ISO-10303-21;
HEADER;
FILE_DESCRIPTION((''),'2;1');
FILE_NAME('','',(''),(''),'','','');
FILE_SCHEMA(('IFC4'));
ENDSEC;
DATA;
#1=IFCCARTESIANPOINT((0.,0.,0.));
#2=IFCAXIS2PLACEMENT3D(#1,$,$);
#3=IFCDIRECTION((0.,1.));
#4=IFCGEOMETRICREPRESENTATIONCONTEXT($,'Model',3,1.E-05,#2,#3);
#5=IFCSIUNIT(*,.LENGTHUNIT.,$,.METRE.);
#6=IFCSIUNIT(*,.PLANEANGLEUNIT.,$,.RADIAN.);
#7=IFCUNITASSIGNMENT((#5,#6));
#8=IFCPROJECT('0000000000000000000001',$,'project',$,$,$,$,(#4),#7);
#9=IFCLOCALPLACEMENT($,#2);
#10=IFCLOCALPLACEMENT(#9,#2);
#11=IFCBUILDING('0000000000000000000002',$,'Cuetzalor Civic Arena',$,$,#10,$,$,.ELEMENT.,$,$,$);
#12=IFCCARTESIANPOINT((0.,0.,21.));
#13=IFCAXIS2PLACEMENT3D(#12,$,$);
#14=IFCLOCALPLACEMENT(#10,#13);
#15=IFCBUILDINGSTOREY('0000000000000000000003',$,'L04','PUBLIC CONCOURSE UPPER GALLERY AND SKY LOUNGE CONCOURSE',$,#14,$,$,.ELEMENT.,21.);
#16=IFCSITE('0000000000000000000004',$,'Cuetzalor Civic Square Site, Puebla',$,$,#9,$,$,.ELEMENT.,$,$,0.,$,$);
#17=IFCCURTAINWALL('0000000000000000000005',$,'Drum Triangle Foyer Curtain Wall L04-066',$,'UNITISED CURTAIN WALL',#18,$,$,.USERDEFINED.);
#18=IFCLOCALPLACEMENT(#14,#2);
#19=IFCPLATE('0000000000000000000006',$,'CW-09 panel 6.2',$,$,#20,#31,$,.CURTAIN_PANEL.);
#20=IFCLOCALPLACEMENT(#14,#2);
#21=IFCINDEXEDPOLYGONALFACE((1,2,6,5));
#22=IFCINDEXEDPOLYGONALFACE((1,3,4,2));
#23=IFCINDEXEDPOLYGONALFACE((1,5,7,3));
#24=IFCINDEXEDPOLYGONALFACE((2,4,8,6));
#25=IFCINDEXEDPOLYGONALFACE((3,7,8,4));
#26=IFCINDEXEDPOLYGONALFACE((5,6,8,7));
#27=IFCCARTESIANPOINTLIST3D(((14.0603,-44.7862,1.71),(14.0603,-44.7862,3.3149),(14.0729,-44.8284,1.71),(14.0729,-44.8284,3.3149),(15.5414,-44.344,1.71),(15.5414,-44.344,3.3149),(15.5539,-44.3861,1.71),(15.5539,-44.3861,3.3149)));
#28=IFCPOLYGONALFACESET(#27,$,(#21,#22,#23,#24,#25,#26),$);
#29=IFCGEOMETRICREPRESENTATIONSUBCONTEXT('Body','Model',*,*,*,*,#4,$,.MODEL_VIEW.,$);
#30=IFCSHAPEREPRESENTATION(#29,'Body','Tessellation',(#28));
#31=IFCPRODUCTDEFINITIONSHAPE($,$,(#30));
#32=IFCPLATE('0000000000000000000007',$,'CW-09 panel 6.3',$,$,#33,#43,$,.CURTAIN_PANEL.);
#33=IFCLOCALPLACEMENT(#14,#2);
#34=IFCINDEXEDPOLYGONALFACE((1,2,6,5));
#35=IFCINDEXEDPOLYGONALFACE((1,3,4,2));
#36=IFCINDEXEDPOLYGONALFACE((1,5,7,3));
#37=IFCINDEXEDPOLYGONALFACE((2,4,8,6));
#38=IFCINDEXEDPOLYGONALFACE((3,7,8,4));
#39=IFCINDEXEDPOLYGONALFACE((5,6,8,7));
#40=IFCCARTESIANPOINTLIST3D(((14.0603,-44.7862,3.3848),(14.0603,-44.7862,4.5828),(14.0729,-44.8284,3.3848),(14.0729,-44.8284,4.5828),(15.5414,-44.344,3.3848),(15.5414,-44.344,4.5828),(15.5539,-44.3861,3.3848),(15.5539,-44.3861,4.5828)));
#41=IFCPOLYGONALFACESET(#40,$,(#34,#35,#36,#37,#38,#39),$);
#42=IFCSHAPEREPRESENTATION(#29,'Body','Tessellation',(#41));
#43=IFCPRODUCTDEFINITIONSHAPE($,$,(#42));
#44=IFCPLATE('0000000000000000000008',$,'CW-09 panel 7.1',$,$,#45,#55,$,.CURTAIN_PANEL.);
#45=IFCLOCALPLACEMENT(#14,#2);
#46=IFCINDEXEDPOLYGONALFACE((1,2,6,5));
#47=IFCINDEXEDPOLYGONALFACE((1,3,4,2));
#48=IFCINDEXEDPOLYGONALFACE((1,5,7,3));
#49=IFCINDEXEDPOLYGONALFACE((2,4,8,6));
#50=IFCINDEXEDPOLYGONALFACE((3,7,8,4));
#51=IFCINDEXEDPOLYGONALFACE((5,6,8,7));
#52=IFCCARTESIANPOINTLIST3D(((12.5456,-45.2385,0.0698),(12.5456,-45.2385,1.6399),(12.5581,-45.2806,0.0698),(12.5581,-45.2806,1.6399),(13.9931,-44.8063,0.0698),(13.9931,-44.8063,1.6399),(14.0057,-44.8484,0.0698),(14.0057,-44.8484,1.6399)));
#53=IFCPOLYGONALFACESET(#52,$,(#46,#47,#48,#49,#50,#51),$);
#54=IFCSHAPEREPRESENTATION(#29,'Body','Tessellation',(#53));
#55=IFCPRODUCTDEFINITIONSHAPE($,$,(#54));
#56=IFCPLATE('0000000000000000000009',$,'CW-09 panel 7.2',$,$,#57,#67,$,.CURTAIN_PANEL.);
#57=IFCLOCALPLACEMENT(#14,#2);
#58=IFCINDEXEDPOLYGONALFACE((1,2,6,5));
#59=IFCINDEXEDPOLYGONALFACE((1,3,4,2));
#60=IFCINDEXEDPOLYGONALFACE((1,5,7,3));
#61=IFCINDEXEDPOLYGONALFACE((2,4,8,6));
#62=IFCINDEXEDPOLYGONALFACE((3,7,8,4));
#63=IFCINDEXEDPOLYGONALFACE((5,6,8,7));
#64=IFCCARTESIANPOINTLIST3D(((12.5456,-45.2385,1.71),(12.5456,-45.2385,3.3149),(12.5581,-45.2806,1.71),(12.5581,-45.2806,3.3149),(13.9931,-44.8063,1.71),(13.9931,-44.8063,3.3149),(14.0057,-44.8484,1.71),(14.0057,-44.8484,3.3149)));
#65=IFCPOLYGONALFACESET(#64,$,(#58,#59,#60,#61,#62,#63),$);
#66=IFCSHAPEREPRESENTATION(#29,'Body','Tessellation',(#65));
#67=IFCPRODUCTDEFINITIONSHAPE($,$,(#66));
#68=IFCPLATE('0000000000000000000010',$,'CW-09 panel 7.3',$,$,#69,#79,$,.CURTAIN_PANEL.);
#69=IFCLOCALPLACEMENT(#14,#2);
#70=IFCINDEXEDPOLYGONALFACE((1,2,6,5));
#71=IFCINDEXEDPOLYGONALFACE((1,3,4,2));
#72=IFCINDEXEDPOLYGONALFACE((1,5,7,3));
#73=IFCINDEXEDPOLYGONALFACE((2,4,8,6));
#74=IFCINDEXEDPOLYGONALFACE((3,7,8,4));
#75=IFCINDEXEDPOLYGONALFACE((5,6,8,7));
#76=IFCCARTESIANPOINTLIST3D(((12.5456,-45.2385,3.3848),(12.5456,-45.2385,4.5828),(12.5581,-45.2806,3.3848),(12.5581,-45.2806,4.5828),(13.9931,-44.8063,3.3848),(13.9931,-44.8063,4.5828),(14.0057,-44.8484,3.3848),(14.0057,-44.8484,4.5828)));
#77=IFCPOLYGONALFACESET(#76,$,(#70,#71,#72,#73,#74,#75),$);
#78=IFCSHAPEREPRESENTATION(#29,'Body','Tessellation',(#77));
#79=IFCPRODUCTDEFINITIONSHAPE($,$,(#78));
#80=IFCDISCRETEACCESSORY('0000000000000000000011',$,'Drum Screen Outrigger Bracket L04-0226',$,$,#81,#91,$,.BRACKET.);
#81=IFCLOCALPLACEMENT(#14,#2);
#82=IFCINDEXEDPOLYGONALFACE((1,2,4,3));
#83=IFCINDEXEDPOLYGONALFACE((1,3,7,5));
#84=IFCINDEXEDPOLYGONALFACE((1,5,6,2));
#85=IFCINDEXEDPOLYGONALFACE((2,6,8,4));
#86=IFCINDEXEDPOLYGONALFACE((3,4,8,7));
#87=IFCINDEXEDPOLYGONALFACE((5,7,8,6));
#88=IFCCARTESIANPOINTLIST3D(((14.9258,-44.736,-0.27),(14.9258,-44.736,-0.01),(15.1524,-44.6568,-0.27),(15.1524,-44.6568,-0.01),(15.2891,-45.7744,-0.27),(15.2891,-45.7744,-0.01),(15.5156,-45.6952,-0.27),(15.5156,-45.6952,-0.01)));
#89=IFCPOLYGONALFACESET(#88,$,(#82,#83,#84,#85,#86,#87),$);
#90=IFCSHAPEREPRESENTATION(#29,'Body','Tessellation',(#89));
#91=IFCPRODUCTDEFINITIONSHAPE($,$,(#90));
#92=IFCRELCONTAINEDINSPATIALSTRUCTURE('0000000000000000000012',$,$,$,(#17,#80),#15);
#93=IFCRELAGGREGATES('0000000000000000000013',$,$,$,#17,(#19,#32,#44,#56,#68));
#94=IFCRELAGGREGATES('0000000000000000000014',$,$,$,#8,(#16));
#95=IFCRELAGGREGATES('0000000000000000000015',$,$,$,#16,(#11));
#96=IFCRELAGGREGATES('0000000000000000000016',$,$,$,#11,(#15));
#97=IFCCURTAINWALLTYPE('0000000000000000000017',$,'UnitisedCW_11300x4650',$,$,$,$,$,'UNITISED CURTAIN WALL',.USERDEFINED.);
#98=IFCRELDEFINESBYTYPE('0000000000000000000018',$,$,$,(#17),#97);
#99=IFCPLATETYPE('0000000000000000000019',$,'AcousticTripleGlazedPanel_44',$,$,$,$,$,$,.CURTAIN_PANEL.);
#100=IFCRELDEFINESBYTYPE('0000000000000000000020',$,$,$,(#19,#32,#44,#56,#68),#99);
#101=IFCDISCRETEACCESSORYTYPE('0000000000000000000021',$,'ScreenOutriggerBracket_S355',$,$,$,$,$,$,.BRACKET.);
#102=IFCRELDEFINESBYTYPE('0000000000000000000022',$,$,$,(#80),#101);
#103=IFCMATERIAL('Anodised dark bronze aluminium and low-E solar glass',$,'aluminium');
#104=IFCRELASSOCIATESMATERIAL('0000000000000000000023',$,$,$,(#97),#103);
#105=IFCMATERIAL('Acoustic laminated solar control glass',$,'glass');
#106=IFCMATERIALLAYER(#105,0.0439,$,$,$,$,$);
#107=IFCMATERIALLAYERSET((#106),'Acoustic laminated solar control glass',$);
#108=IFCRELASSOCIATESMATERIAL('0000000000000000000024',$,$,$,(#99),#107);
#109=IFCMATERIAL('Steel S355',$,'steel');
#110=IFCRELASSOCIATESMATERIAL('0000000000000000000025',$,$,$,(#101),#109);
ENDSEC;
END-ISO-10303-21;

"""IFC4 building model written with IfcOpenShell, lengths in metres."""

from ifc_helpers import new_model, si_unit, direction, frame, origin, origin_2d, place, context, subcontext, project, spatial, rectangle, extrude, material, layer, layer_set, type_object, element, aggregate, save


model = new_model("IFC4")

# Units and contexts
model_context = context("Model", 3, precision=1e-05, world=origin(), true_north=direction((0.0, 1.0)))
body_context = subcontext(model_context, "Body", "Model", "MODEL_VIEW")
ifc_project = project(units=[si_unit("LENGTHUNIT", "METRE"), si_unit("PLANEANGLEUNIT", "RADIAN")], contexts=[model_context])

# Site, building, storey
site_placement = place(None, origin())
site = spatial("IfcSite", under=ifc_project, at=site_placement, Name="Cuetzalor Civic Square Site, Puebla", CompositionType="ELEMENT", RefElevation=0.0)
building_placement = place(site_placement, origin())
building = spatial("IfcBuilding", under=site, at=building_placement, Name="Cuetzalor Civic Arena", CompositionType="ELEMENT")
storey_placement = place(building_placement, frame((0.0, 0.0, 21.0)))
storey = spatial("IfcBuildingStorey", under=building, at=storey_placement, Name="L04", Description="PUBLIC CONCOURSE UPPER GALLERY AND SKY LOUNGE CONCOURSE", CompositionType="ELEMENT", Elevation=21.0)

# Curtain wall
ifc_material_1 = material(Name="Anodised dark bronze aluminium and low-E solar glass", Category="aluminium")
curtain_wall_type = type_object("IfcCurtainWallType", Name="UnitisedCW_11300x4650", ElementType="UNITISED CURTAIN WALL", PredefinedType="USERDEFINED", material=ifc_material_1)
curtain_wall_placement = place(storey_placement, origin())
curtain_wall = element("IfcCurtainWall", 1, at=curtain_wall_placement, inside=storey, type_object=curtain_wall_type, Name="Drum Triangle Foyer Curtain Wall L04-066", ObjectType="UNITISED CURTAIN WALL", PredefinedType="USERDEFINED")

# Plates
ifc_material_2 = material(Name="Acoustic laminated solar control glass", Category="glass")
ifc_layer = layer(ifc_material_2, 0.0439)
ifc_layer_set = layer_set([ifc_layer], Name="Acoustic laminated solar control glass")
plate_type = type_object("IfcPlateType", Name="AcousticTripleGlazedPanel_44", PredefinedType="CURTAIN_PANEL", material=ifc_layer_set)
plate_1_placement = place(storey_placement, frame((14.8071, -44.5862, 1.71), z_axis=(0.0, 0.0, 1.0), x_axis=(-0.958194, -0.28612, 0.0)))
plate_1 = element("IfcPlate", 2, at=plate_1_placement, type_object=plate_type, Name="CW-09 panel 6.2", PredefinedType="CURTAIN_PANEL", context=body_context, shape_type="SweptSolid", body=[
    extrude(rectangle(XDim=1.5457, YDim=0.0439, at=origin_2d()), origin(), (0.0, 0.0, 1.0), 1.605),
])
plate_2_placement = place(storey_placement, frame((14.8071, -44.5862, 3.3848), z_axis=(0.0, 0.0, 1.0), x_axis=(-0.958194, -0.28612, 0.0)))
plate_2 = element("IfcPlate", 3, at=plate_2_placement, type_object=plate_type, Name="CW-09 panel 6.3", PredefinedType="CURTAIN_PANEL", context=body_context, shape_type="SweptSolid", body=[
    extrude(rectangle(XDim=1.5457, YDim=0.0439, at=origin_2d()), origin(), (0.0, 0.0, 1.0), 1.198),
])
plate_3_placement = place(storey_placement, frame((13.2756, -45.0435, 0.0698), z_axis=(0.0, 0.0, 1.0), x_axis=(-0.958194, -0.28612, 0.0)))
plate_3 = element("IfcPlate", 4, at=plate_3_placement, type_object=plate_type, Name="CW-09 panel 7.1", PredefinedType="CURTAIN_PANEL", context=body_context, shape_type="SweptSolid", body=[
    extrude(rectangle(XDim=1.5107, YDim=0.0439, at=origin_2d()), origin(), (0.0, 0.0, 1.0), 1.5701),
])
plate_4_placement = place(storey_placement, frame((13.2756, -45.0435, 1.71), z_axis=(0.0, 0.0, 1.0), x_axis=(-0.958194, -0.28612, 0.0)))
plate_4 = element("IfcPlate", 5, at=plate_4_placement, type_object=plate_type, Name="CW-09 panel 7.2", PredefinedType="CURTAIN_PANEL", context=body_context, shape_type="SweptSolid", body=[
    extrude(rectangle(XDim=1.5107, YDim=0.0439, at=origin_2d()), origin(), (0.0, 0.0, 1.0), 1.605),
])
plate_5_placement = place(storey_placement, frame((13.2756, -45.0435, 3.3848), z_axis=(0.0, 0.0, 1.0), x_axis=(-0.958194, -0.28612, 0.0)))
plate_5 = element("IfcPlate", 6, at=plate_5_placement, type_object=plate_type, Name="CW-09 panel 7.3", PredefinedType="CURTAIN_PANEL", context=body_context, shape_type="SweptSolid", body=[
    extrude(rectangle(XDim=1.5107, YDim=0.0439, at=origin_2d()), origin(), (0.0, 0.0, 1.0), 1.198),
])
aggregate(curtain_wall, [plate_1, plate_2, plate_3, plate_4, plate_5])

# Discrete accessory
ifc_material_3 = material(Name="Steel S355", Category="steel")
discrete_accessory_type = type_object("IfcDiscreteAccessoryType", Name="ScreenOutriggerBracket_S355", PredefinedType="BRACKET", material=ifc_material_3)
discrete_accessory_placement = place(storey_placement, frame((15.2207, -45.2156, -0.27), z_axis=(0.0, 0.0, 1.0), x_axis=(0.330185, -0.943916, 0.0)))
element("IfcDiscreteAccessory", 7, at=discrete_accessory_placement, inside=storey, type_object=discrete_accessory_type, Name="Drum Screen Outrigger Bracket L04-0226", PredefinedType="BRACKET", context=body_context, shape_type="SweptSolid", body=[
    extrude(rectangle(XDim=1.1001, YDim=0.24, at=origin_2d()), origin(), (0.0, 0.0, 1.0), 0.26),
])

save(model, "model.ifc")
